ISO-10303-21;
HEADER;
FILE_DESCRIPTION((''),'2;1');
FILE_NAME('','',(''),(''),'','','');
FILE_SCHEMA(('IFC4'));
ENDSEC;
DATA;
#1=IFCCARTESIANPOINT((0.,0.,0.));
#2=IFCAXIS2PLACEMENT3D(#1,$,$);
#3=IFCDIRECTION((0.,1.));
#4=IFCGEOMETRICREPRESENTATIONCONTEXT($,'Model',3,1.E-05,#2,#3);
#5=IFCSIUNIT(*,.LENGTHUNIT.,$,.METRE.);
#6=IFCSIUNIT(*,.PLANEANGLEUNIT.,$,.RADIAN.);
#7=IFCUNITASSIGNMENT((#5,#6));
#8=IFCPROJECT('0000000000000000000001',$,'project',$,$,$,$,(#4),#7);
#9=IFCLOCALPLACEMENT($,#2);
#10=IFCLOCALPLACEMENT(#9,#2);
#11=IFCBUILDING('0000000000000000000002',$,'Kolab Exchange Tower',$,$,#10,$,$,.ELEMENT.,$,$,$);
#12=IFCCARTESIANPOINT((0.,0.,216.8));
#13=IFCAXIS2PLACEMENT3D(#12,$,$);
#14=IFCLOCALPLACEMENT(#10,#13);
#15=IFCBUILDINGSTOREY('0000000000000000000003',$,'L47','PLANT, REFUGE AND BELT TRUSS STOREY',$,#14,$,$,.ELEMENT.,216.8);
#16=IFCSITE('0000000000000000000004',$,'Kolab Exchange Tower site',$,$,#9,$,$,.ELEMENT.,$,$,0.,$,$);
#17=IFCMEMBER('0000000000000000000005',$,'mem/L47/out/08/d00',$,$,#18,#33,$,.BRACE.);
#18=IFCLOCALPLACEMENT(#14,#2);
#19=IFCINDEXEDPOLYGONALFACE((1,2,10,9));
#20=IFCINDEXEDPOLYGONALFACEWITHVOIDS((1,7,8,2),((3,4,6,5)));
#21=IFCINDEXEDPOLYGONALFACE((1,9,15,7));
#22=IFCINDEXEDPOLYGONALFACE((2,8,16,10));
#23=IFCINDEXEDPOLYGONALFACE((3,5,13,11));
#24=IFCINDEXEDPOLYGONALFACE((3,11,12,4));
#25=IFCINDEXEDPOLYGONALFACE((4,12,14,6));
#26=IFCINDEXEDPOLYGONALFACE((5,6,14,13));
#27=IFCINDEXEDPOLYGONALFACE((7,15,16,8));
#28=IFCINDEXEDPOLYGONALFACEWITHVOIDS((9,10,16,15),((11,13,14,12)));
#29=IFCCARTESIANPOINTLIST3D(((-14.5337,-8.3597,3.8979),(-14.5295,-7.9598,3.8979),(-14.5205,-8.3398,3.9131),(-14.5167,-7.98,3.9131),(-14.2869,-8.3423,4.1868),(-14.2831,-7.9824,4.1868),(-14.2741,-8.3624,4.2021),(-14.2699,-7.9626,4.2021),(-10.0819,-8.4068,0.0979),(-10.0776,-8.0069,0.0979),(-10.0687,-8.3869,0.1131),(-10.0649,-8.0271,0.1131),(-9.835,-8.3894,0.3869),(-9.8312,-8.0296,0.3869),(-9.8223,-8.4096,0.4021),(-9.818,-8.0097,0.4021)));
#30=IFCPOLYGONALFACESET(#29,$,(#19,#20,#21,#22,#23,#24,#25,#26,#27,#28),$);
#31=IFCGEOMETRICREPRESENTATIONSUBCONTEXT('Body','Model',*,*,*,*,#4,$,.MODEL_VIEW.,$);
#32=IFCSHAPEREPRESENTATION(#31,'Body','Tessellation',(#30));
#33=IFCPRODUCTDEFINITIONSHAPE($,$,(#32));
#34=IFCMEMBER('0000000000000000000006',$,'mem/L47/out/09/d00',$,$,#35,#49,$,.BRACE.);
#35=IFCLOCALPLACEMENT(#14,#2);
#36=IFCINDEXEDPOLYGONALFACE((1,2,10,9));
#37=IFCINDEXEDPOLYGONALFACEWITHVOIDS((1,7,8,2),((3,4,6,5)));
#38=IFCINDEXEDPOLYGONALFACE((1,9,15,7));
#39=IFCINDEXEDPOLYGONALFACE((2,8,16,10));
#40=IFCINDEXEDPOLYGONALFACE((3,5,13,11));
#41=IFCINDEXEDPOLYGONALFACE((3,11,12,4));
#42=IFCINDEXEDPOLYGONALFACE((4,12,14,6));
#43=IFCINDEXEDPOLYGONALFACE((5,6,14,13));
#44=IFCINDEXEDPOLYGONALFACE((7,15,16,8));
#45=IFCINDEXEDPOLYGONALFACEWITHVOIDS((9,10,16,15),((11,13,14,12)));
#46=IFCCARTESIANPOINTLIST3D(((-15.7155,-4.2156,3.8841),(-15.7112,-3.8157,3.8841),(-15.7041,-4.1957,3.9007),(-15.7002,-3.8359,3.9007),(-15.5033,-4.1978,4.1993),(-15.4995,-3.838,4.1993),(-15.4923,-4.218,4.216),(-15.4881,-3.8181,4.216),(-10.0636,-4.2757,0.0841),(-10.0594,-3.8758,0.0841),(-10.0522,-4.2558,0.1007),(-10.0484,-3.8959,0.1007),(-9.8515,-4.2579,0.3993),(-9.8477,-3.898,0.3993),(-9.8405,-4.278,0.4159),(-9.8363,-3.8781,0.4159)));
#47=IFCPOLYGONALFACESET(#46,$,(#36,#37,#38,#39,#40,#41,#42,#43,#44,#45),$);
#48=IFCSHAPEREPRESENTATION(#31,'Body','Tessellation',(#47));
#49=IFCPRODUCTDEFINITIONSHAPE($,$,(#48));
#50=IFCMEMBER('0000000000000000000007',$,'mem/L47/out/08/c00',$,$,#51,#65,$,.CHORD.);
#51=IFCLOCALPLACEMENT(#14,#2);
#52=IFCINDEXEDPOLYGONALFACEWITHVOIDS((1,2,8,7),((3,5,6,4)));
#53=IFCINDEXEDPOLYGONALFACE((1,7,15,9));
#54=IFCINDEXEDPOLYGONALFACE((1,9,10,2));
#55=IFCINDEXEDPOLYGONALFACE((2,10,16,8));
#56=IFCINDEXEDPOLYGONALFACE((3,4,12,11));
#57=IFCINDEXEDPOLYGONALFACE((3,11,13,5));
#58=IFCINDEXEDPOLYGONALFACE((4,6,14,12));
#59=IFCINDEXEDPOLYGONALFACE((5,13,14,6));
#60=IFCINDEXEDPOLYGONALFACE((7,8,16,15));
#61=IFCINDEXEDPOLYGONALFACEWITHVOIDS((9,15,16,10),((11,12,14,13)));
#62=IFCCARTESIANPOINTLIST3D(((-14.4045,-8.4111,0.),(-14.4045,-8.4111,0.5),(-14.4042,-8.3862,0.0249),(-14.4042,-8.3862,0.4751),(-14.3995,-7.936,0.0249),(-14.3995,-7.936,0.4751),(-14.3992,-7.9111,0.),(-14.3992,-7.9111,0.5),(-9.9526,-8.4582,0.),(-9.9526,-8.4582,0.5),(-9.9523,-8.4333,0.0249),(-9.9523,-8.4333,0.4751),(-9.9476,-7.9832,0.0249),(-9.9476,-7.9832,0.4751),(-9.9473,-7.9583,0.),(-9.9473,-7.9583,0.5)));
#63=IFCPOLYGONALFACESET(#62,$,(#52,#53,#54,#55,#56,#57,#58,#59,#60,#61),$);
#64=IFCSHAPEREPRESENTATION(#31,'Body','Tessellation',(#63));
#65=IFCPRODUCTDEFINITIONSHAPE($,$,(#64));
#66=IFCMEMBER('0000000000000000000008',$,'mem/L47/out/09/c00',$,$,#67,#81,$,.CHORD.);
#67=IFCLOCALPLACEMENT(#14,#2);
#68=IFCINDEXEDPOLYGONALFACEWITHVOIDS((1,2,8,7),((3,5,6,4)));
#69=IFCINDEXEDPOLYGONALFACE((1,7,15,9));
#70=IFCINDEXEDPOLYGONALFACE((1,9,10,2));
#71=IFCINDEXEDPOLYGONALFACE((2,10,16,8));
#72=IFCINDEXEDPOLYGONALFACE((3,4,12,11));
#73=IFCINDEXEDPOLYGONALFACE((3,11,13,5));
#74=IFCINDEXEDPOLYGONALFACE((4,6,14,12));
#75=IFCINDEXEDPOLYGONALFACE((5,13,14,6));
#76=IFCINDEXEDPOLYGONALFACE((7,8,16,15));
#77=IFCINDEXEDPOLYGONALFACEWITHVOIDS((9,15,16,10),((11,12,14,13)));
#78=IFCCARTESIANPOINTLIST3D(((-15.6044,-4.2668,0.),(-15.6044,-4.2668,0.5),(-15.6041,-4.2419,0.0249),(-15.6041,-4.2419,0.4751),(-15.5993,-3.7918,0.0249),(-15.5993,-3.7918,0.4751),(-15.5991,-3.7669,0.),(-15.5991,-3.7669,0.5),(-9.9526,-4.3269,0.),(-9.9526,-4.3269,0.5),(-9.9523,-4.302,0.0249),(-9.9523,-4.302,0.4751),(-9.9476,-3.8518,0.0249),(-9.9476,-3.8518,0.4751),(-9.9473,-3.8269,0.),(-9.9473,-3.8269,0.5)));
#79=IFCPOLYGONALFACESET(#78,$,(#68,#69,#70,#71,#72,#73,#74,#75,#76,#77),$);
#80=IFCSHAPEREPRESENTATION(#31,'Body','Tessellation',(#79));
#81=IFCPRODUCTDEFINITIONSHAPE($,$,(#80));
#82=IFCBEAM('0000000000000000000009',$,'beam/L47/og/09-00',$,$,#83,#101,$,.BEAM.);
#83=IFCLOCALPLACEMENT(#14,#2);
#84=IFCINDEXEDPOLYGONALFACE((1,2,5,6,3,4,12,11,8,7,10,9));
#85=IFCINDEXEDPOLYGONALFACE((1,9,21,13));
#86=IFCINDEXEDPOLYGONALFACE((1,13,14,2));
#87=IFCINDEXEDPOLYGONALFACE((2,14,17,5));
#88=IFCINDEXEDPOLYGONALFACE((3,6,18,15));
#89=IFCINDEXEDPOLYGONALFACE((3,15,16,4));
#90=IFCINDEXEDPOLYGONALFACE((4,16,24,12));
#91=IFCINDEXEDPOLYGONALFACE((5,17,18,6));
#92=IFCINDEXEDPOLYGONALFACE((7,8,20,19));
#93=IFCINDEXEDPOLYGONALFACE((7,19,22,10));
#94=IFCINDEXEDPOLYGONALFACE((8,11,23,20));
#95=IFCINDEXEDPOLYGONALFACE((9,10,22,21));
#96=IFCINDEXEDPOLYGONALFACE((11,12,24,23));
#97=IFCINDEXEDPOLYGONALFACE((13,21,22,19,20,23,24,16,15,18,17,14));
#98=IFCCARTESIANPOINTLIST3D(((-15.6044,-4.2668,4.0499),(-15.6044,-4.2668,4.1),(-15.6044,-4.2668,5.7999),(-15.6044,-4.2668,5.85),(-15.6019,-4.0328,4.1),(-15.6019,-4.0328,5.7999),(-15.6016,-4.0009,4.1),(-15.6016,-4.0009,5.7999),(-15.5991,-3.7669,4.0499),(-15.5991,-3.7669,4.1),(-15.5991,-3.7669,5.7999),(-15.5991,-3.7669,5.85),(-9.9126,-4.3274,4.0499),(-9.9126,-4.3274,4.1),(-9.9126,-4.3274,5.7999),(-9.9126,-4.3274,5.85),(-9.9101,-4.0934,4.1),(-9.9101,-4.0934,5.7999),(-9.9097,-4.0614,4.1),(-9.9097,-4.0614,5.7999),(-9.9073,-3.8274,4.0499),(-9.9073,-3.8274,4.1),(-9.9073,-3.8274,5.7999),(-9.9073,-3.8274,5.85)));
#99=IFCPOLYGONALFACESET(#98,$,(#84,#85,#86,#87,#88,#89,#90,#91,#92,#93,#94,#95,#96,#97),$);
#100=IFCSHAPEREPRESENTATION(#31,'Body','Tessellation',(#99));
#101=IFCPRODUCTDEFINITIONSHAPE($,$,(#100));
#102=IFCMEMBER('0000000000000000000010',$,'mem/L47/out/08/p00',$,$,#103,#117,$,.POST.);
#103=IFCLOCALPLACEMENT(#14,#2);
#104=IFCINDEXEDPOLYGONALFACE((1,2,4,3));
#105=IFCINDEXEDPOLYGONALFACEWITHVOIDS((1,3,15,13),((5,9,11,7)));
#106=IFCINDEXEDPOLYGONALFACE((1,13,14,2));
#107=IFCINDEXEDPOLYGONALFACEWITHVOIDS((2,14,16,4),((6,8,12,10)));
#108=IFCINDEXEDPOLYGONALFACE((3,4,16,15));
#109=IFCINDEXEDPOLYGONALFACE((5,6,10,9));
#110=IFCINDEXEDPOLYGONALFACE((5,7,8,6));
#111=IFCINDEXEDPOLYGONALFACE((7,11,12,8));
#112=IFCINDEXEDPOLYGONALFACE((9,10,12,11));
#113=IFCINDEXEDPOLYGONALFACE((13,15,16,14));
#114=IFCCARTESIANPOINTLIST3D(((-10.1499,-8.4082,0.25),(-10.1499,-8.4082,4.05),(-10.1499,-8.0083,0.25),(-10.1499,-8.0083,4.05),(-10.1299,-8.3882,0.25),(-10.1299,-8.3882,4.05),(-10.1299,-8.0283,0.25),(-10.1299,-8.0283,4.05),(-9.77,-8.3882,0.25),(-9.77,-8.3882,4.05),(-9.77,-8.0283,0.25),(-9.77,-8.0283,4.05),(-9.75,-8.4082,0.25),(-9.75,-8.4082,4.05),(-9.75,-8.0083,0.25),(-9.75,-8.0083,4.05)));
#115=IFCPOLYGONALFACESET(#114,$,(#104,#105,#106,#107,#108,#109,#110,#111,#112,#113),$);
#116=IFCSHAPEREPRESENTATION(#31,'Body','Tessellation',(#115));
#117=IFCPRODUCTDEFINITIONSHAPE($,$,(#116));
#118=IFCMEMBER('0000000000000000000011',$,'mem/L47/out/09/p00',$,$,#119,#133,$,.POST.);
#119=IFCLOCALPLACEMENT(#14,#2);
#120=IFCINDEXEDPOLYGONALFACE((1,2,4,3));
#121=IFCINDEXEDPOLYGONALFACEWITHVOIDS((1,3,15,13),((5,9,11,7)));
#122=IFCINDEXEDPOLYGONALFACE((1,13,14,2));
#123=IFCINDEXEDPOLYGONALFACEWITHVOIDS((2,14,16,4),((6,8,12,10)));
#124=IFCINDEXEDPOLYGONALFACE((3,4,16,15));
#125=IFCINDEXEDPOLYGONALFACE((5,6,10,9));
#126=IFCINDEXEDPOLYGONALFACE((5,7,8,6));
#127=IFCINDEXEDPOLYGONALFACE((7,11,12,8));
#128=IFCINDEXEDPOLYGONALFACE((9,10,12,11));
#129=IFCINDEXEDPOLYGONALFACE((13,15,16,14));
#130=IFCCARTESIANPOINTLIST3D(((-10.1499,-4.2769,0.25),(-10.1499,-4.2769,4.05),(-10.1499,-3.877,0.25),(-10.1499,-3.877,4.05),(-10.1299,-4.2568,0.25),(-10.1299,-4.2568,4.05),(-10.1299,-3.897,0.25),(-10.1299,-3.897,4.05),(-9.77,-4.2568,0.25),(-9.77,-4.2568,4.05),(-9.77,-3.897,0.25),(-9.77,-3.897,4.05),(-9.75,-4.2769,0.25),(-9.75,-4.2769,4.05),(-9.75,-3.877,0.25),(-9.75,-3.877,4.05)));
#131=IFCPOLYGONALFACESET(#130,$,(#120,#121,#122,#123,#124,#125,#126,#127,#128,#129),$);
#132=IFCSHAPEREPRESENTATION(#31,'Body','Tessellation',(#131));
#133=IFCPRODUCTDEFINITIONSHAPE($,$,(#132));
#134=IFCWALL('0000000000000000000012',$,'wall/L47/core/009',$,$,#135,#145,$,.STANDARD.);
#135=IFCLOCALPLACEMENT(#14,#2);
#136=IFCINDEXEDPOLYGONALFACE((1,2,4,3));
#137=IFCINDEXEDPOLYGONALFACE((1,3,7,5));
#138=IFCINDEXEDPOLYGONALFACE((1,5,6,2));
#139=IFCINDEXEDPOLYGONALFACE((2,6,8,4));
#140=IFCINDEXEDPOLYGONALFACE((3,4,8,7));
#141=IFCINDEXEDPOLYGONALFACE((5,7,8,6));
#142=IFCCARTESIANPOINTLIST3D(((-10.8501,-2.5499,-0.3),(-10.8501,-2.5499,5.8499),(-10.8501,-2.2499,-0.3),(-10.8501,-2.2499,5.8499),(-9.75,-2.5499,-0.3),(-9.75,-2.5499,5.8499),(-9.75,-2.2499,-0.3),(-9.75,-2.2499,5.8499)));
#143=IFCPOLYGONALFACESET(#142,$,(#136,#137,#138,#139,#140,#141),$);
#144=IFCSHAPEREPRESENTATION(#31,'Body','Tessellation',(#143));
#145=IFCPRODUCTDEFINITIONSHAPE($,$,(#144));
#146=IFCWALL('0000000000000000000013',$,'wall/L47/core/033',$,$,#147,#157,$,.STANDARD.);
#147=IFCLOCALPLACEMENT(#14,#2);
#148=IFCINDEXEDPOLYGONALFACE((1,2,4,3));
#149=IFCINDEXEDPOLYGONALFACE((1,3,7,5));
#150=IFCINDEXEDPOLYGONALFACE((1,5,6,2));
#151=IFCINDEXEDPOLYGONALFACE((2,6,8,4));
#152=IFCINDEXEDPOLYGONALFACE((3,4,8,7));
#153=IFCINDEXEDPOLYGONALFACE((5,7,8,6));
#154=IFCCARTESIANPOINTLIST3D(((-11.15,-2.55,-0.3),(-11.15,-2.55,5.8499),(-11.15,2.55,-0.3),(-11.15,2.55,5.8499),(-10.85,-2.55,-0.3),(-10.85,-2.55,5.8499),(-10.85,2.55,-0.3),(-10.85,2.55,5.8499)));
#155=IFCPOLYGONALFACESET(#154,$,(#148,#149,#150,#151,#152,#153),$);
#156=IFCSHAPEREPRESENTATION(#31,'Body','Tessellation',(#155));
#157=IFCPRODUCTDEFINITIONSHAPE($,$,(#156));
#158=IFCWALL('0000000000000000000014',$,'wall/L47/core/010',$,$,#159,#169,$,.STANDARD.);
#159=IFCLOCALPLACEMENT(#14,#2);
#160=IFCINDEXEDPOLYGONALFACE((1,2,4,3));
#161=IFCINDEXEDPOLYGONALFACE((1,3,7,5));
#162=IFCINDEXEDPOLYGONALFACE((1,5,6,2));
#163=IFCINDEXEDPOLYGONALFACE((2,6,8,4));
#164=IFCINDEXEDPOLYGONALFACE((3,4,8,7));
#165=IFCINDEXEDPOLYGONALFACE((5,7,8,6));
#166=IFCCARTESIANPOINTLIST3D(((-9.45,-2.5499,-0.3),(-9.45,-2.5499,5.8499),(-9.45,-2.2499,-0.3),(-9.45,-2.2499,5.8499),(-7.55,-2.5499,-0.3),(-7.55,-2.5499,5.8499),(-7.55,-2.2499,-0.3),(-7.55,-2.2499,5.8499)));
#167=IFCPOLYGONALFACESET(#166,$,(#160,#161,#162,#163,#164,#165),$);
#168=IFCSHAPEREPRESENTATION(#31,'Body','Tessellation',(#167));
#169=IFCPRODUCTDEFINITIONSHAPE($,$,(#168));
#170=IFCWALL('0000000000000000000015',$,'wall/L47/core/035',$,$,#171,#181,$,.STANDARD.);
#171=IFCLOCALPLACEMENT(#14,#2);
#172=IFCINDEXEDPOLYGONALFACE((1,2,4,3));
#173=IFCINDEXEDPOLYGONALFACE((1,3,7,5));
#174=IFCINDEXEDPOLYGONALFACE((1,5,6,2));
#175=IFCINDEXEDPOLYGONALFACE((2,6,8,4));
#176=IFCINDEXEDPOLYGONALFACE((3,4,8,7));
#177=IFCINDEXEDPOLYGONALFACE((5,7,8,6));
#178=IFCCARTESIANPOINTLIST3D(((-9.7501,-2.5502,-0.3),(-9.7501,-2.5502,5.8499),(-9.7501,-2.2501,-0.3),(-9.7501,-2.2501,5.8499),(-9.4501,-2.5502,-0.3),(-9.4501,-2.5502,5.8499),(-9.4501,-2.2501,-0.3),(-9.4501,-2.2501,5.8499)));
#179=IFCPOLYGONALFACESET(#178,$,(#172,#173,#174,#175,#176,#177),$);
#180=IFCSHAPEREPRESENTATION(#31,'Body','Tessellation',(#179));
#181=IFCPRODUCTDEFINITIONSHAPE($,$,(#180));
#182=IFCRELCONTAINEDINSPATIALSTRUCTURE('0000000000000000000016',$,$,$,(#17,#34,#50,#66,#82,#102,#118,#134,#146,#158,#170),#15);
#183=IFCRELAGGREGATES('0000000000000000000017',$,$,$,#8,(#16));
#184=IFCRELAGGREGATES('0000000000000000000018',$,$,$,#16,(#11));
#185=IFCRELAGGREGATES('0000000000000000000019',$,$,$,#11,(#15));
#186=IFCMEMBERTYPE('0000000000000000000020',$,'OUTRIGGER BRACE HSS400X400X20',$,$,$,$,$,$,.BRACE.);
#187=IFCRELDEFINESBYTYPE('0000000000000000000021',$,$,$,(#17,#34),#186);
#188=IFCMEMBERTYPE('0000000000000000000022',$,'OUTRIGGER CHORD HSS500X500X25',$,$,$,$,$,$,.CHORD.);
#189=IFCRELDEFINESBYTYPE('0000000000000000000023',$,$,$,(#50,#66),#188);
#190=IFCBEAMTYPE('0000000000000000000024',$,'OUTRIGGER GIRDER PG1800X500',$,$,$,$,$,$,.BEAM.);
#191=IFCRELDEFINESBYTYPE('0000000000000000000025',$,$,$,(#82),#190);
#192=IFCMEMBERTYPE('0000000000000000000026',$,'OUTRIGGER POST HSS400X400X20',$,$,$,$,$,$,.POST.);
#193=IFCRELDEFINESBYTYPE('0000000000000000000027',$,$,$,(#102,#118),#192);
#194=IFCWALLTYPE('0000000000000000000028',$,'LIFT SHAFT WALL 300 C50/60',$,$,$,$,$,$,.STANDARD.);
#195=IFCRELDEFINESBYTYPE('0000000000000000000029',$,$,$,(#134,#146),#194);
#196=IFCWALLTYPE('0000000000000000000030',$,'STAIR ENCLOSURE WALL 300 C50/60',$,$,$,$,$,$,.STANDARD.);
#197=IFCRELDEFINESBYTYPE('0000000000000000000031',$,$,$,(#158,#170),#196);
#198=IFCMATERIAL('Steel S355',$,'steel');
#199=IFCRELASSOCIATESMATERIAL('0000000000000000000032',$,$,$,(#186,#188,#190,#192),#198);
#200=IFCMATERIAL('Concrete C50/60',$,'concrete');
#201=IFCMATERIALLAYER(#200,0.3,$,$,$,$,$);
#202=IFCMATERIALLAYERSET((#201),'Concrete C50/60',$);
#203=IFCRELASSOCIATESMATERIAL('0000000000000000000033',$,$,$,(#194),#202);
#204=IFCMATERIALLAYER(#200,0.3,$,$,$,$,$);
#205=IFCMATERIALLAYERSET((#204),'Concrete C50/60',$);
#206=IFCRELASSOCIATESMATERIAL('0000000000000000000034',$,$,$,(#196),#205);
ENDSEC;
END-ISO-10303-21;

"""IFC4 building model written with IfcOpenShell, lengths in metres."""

from ifc_helpers import new_model, si_unit, direction, frame, frame_2d, origin, origin_2d, place, context, subcontext, project, spatial, rectangle, hollow_rectangle, i_section, extrude, material, layer, layer_set, material_profile, profile_set, type_object, element, save


model = new_model("IFC4")

# Units and contexts
model_context = context("Model", 3, precision=1e-05, world=origin(), true_north=direction((0.0, 1.0)))
body_context = subcontext(model_context, "Body", "Model", "MODEL_VIEW")
ifc_project = project(units=[si_unit("LENGTHUNIT", "METRE"), si_unit("PLANEANGLEUNIT", "RADIAN")], contexts=[model_context])

# Site, building, storey
site_placement = place(None, origin())
site = spatial("IfcSite", under=ifc_project, at=site_placement, Name="Kolab Exchange Tower site", CompositionType="ELEMENT", RefElevation=0.0)
building_placement = place(site_placement, origin())
building = spatial("IfcBuilding", under=site, at=building_placement, Name="Kolab Exchange Tower", CompositionType="ELEMENT")
storey_placement = place(building_placement, frame((0.0, 0.0, 216.8)))
storey = spatial("IfcBuildingStorey", under=building, at=storey_placement, Name="L47", Description="PLANT, REFUGE AND BELT TRUSS STOREY", CompositionType="ELEMENT", Elevation=216.8)

# Members
ifc_material_1 = material(Name="Steel S355", Category="steel")
ifc_material_profile_1 = material_profile(ifc_material_1, hollow_rectangle(XDim=0.3999, YDim=0.3999, WallThickness=0.02, at=origin_2d()), Name="HSS400X400X20")
ifc_profile_set_1 = profile_set([ifc_material_profile_1], Name="Steel S355")
member_type_1 = type_object("IfcMemberType", Name="OUTRIGGER BRACE HSS400X400X20", PredefinedType="BRACE", material=ifc_profile_set_1)
member_1_placement = place(storey_placement, frame((-9.95, -8.2083, 0.25), z_axis=(-0.76057, 0.00805, 0.649206), x_axis=(-0.010583, -0.999944, 0.0)))
element("IfcMember", 1, at=member_1_placement, inside=storey, type_object=member_type_1, Name="mem/L47/out/08/d00", PredefinedType="BRACE", context=body_context, shape_type="SweptSolid", body=[
    extrude(hollow_rectangle(XDim=0.3999, YDim=0.3999, WallThickness=0.02, at=origin_2d()), origin(), (0.0, 0.0, 1.0), 5.8533),
])
member_2_placement = place(storey_placement, frame((-9.95, -4.0769, 0.25), z_axis=(-0.829833, 0.008818, 0.557942), x_axis=(-0.010626, -0.999944, 0.0)))
element("IfcMember", 2, at=member_2_placement, inside=storey, type_object=member_type_1, Name="mem/L47/out/09/d00", PredefinedType="BRACE", context=body_context, shape_type="SweptSolid", body=[
    extrude(hollow_rectangle(XDim=0.3999, YDim=0.3999, WallThickness=0.02, at=origin_2d()), origin(), (0.0, 0.0, 1.0), 6.8108),
])
ifc_material_profile_2 = material_profile(ifc_material_1, hollow_rectangle(XDim=0.5, YDim=0.5, WallThickness=0.0249, at=origin_2d()), Name="HSS500X500X25")
ifc_profile_set_2 = profile_set([ifc_material_profile_2], Name="Steel S355")
member_type_2 = type_object("IfcMemberType", Name="OUTRIGGER CHORD HSS500X500X25", PredefinedType="CHORD", material=ifc_profile_set_2)
member_3_placement = place(storey_placement, frame((-9.95, -8.2083, 0.25), z_axis=(-0.999944, 0.010583, 0.0), x_axis=(-0.010583, -0.999944, 0.0)))
element("IfcMember", 3, at=member_3_placement, inside=storey, type_object=member_type_2, Name="mem/L47/out/08/c00", PredefinedType="CHORD", context=body_context, shape_type="SweptSolid", body=[
    extrude(hollow_rectangle(XDim=0.5, YDim=0.5, WallThickness=0.0249, at=origin_2d()), origin(), (0.0, 0.0, 1.0), 4.4521),
])
member_4_placement = place(storey_placement, frame((-9.95, -4.0769, 0.25), z_axis=(-0.999944, 0.010626, 0.0), x_axis=(-0.010626, -0.999944, 0.0)))
element("IfcMember", 4, at=member_4_placement, inside=storey, type_object=member_type_2, Name="mem/L47/out/09/c00", PredefinedType="CHORD", context=body_context, shape_type="SweptSolid", body=[
    extrude(hollow_rectangle(XDim=0.5, YDim=0.5, WallThickness=0.0249, at=origin_2d()), origin(), (0.0, 0.0, 1.0), 5.6521),
])

# Beam
ifc_material_profile_3 = material_profile(ifc_material_1, i_section(OverallWidth=0.5, OverallDepth=1.8, WebThickness=0.032, FlangeThickness=0.05, at=origin_2d()), Name="PG1800X500")
ifc_profile_set_3 = profile_set([ifc_material_profile_3], Name="Steel S355")
beam_type = type_object("IfcBeamType", Name="OUTRIGGER GIRDER PG1800X500", PredefinedType="BEAM", material=ifc_profile_set_3)
beam_placement = place(storey_placement, frame((-9.9099, -4.0774, 4.95), z_axis=(-0.999943, 0.010637, 0.0), x_axis=(-0.010637, -0.999943, 0.0)))
element("IfcBeam", 5, at=beam_placement, inside=storey, type_object=beam_type, Name="beam/L47/og/09-00", PredefinedType="BEAM", context=body_context, shape_type="SweptSolid", body=[
    extrude(i_section(OverallWidth=0.5, OverallDepth=1.8, WebThickness=0.032, FlangeThickness=0.05, at=origin_2d()), origin(), (0.0, 0.0, 1.0), 5.6921),
])

# Members
ifc_material_profile_4 = material_profile(ifc_material_1, hollow_rectangle(XDim=0.3999, YDim=0.3999, WallThickness=0.02, at=origin_2d()), Name="HSS400X400X20")
ifc_profile_set_4 = profile_set([ifc_material_profile_4], Name="Steel S355")
member_type_3 = type_object("IfcMemberType", Name="OUTRIGGER POST HSS400X400X20", PredefinedType="POST", material=ifc_profile_set_4)
for number, where, z_axis, x_axis, name in (
    (6, (-9.95, -8.2083, 0.25), (0.0, 0.0, 1.0), (1.0, 0.0, 0.0), "mem/L47/out/08/p00"),
    (7, (-9.95, -4.0769, 0.25), (0.0, 0.0, 1.0), (1.0, 0.0, 0.0), "mem/L47/out/09/p00"),
):
    element("IfcMember", number, at=place(storey_placement, frame(where, z_axis=z_axis, x_axis=x_axis)), inside=storey, type_object=member_type_3, Name=name, PredefinedType="POST", context=body_context, shape_type="SweptSolid", body=[
        extrude(hollow_rectangle(XDim=0.3999, YDim=0.3999, WallThickness=0.02, at=origin_2d()), origin(), (0.0, 0.0, 1.0), 3.8),
    ])

# Walls
ifc_material_2 = material(Name="Concrete C50/60", Category="concrete")
ifc_layer_1 = layer(ifc_material_2, 0.3)
ifc_layer_set_1 = layer_set([ifc_layer_1], Name="Concrete C50/60")
wall_type_1 = type_object("IfcWallType", Name="LIFT SHAFT WALL 300 C50/60", PredefinedType="STANDARD", material=ifc_layer_set_1)
wall_1_placement = place(storey_placement, frame((-10.8501, -2.3999, -0.3), z_axis=(0.0, 0.0, 1.0), x_axis=(1.0, 0.0, 0.0)))
element("IfcWall", 8, at=wall_1_placement, inside=storey, type_object=wall_type_1, Name="wall/L47/core/009", PredefinedType="STANDARD", context=body_context, shape_type="SweptSolid", body=[
    extrude(rectangle(XDim=1.1001, YDim=0.3, at=frame_2d((0.55, 0.0))), origin(), (0.0, 0.0, 1.0), 6.1499),
])
wall_2_placement = place(storey_placement, frame((-11.0, -2.55, -0.3), z_axis=(0.0, 0.0, 1.0), x_axis=(0.0, 1.0, 0.0)))
element("IfcWall", 9, at=wall_2_placement, inside=storey, type_object=wall_type_1, Name="wall/L47/core/033", PredefinedType="STANDARD", context=body_context, shape_type="SweptSolid", body=[
    extrude(rectangle(XDim=5.1001, YDim=0.3, at=frame_2d((2.55, 0.0))), origin(), (0.0, 0.0, 1.0), 6.1499),
])
ifc_layer_2 = layer(ifc_material_2, 0.3)
ifc_layer_set_2 = layer_set([ifc_layer_2], Name="Concrete C50/60")
wall_type_2 = type_object("IfcWallType", Name="STAIR ENCLOSURE WALL 300 C50/60", PredefinedType="STANDARD", material=ifc_layer_set_2)
wall_3_placement = place(storey_placement, frame((-9.45, -2.3999, -0.3), z_axis=(0.0, 0.0, 1.0), x_axis=(1.0, 0.0, 0.0)))
element("IfcWall", 10, at=wall_3_placement, inside=storey, type_object=wall_type_2, Name="wall/L47/core/010", PredefinedType="STANDARD", context=body_context, shape_type="SweptSolid", body=[
    extrude(rectangle(XDim=1.8999, YDim=0.3, at=frame_2d((0.95, 0.0))), origin(), (0.0, 0.0, 1.0), 6.1499),
])
wall_4_placement = place(storey_placement, frame((-9.6001, -2.55, -0.3), z_axis=(0.0, 0.0, 1.0), x_axis=(0.0, 1.0, 0.0)))
element("IfcWall", 11, at=wall_4_placement, inside=storey, type_object=wall_type_2, Name="wall/L47/core/035", PredefinedType="STANDARD", context=body_context, shape_type="SweptSolid", body=[
    extrude(rectangle(XDim=0.3, YDim=0.3, at=frame_2d((0.1499, 0.0))), origin(), (0.0, 0.0, 1.0), 6.1499),
])

save(model, "model.ifc")
